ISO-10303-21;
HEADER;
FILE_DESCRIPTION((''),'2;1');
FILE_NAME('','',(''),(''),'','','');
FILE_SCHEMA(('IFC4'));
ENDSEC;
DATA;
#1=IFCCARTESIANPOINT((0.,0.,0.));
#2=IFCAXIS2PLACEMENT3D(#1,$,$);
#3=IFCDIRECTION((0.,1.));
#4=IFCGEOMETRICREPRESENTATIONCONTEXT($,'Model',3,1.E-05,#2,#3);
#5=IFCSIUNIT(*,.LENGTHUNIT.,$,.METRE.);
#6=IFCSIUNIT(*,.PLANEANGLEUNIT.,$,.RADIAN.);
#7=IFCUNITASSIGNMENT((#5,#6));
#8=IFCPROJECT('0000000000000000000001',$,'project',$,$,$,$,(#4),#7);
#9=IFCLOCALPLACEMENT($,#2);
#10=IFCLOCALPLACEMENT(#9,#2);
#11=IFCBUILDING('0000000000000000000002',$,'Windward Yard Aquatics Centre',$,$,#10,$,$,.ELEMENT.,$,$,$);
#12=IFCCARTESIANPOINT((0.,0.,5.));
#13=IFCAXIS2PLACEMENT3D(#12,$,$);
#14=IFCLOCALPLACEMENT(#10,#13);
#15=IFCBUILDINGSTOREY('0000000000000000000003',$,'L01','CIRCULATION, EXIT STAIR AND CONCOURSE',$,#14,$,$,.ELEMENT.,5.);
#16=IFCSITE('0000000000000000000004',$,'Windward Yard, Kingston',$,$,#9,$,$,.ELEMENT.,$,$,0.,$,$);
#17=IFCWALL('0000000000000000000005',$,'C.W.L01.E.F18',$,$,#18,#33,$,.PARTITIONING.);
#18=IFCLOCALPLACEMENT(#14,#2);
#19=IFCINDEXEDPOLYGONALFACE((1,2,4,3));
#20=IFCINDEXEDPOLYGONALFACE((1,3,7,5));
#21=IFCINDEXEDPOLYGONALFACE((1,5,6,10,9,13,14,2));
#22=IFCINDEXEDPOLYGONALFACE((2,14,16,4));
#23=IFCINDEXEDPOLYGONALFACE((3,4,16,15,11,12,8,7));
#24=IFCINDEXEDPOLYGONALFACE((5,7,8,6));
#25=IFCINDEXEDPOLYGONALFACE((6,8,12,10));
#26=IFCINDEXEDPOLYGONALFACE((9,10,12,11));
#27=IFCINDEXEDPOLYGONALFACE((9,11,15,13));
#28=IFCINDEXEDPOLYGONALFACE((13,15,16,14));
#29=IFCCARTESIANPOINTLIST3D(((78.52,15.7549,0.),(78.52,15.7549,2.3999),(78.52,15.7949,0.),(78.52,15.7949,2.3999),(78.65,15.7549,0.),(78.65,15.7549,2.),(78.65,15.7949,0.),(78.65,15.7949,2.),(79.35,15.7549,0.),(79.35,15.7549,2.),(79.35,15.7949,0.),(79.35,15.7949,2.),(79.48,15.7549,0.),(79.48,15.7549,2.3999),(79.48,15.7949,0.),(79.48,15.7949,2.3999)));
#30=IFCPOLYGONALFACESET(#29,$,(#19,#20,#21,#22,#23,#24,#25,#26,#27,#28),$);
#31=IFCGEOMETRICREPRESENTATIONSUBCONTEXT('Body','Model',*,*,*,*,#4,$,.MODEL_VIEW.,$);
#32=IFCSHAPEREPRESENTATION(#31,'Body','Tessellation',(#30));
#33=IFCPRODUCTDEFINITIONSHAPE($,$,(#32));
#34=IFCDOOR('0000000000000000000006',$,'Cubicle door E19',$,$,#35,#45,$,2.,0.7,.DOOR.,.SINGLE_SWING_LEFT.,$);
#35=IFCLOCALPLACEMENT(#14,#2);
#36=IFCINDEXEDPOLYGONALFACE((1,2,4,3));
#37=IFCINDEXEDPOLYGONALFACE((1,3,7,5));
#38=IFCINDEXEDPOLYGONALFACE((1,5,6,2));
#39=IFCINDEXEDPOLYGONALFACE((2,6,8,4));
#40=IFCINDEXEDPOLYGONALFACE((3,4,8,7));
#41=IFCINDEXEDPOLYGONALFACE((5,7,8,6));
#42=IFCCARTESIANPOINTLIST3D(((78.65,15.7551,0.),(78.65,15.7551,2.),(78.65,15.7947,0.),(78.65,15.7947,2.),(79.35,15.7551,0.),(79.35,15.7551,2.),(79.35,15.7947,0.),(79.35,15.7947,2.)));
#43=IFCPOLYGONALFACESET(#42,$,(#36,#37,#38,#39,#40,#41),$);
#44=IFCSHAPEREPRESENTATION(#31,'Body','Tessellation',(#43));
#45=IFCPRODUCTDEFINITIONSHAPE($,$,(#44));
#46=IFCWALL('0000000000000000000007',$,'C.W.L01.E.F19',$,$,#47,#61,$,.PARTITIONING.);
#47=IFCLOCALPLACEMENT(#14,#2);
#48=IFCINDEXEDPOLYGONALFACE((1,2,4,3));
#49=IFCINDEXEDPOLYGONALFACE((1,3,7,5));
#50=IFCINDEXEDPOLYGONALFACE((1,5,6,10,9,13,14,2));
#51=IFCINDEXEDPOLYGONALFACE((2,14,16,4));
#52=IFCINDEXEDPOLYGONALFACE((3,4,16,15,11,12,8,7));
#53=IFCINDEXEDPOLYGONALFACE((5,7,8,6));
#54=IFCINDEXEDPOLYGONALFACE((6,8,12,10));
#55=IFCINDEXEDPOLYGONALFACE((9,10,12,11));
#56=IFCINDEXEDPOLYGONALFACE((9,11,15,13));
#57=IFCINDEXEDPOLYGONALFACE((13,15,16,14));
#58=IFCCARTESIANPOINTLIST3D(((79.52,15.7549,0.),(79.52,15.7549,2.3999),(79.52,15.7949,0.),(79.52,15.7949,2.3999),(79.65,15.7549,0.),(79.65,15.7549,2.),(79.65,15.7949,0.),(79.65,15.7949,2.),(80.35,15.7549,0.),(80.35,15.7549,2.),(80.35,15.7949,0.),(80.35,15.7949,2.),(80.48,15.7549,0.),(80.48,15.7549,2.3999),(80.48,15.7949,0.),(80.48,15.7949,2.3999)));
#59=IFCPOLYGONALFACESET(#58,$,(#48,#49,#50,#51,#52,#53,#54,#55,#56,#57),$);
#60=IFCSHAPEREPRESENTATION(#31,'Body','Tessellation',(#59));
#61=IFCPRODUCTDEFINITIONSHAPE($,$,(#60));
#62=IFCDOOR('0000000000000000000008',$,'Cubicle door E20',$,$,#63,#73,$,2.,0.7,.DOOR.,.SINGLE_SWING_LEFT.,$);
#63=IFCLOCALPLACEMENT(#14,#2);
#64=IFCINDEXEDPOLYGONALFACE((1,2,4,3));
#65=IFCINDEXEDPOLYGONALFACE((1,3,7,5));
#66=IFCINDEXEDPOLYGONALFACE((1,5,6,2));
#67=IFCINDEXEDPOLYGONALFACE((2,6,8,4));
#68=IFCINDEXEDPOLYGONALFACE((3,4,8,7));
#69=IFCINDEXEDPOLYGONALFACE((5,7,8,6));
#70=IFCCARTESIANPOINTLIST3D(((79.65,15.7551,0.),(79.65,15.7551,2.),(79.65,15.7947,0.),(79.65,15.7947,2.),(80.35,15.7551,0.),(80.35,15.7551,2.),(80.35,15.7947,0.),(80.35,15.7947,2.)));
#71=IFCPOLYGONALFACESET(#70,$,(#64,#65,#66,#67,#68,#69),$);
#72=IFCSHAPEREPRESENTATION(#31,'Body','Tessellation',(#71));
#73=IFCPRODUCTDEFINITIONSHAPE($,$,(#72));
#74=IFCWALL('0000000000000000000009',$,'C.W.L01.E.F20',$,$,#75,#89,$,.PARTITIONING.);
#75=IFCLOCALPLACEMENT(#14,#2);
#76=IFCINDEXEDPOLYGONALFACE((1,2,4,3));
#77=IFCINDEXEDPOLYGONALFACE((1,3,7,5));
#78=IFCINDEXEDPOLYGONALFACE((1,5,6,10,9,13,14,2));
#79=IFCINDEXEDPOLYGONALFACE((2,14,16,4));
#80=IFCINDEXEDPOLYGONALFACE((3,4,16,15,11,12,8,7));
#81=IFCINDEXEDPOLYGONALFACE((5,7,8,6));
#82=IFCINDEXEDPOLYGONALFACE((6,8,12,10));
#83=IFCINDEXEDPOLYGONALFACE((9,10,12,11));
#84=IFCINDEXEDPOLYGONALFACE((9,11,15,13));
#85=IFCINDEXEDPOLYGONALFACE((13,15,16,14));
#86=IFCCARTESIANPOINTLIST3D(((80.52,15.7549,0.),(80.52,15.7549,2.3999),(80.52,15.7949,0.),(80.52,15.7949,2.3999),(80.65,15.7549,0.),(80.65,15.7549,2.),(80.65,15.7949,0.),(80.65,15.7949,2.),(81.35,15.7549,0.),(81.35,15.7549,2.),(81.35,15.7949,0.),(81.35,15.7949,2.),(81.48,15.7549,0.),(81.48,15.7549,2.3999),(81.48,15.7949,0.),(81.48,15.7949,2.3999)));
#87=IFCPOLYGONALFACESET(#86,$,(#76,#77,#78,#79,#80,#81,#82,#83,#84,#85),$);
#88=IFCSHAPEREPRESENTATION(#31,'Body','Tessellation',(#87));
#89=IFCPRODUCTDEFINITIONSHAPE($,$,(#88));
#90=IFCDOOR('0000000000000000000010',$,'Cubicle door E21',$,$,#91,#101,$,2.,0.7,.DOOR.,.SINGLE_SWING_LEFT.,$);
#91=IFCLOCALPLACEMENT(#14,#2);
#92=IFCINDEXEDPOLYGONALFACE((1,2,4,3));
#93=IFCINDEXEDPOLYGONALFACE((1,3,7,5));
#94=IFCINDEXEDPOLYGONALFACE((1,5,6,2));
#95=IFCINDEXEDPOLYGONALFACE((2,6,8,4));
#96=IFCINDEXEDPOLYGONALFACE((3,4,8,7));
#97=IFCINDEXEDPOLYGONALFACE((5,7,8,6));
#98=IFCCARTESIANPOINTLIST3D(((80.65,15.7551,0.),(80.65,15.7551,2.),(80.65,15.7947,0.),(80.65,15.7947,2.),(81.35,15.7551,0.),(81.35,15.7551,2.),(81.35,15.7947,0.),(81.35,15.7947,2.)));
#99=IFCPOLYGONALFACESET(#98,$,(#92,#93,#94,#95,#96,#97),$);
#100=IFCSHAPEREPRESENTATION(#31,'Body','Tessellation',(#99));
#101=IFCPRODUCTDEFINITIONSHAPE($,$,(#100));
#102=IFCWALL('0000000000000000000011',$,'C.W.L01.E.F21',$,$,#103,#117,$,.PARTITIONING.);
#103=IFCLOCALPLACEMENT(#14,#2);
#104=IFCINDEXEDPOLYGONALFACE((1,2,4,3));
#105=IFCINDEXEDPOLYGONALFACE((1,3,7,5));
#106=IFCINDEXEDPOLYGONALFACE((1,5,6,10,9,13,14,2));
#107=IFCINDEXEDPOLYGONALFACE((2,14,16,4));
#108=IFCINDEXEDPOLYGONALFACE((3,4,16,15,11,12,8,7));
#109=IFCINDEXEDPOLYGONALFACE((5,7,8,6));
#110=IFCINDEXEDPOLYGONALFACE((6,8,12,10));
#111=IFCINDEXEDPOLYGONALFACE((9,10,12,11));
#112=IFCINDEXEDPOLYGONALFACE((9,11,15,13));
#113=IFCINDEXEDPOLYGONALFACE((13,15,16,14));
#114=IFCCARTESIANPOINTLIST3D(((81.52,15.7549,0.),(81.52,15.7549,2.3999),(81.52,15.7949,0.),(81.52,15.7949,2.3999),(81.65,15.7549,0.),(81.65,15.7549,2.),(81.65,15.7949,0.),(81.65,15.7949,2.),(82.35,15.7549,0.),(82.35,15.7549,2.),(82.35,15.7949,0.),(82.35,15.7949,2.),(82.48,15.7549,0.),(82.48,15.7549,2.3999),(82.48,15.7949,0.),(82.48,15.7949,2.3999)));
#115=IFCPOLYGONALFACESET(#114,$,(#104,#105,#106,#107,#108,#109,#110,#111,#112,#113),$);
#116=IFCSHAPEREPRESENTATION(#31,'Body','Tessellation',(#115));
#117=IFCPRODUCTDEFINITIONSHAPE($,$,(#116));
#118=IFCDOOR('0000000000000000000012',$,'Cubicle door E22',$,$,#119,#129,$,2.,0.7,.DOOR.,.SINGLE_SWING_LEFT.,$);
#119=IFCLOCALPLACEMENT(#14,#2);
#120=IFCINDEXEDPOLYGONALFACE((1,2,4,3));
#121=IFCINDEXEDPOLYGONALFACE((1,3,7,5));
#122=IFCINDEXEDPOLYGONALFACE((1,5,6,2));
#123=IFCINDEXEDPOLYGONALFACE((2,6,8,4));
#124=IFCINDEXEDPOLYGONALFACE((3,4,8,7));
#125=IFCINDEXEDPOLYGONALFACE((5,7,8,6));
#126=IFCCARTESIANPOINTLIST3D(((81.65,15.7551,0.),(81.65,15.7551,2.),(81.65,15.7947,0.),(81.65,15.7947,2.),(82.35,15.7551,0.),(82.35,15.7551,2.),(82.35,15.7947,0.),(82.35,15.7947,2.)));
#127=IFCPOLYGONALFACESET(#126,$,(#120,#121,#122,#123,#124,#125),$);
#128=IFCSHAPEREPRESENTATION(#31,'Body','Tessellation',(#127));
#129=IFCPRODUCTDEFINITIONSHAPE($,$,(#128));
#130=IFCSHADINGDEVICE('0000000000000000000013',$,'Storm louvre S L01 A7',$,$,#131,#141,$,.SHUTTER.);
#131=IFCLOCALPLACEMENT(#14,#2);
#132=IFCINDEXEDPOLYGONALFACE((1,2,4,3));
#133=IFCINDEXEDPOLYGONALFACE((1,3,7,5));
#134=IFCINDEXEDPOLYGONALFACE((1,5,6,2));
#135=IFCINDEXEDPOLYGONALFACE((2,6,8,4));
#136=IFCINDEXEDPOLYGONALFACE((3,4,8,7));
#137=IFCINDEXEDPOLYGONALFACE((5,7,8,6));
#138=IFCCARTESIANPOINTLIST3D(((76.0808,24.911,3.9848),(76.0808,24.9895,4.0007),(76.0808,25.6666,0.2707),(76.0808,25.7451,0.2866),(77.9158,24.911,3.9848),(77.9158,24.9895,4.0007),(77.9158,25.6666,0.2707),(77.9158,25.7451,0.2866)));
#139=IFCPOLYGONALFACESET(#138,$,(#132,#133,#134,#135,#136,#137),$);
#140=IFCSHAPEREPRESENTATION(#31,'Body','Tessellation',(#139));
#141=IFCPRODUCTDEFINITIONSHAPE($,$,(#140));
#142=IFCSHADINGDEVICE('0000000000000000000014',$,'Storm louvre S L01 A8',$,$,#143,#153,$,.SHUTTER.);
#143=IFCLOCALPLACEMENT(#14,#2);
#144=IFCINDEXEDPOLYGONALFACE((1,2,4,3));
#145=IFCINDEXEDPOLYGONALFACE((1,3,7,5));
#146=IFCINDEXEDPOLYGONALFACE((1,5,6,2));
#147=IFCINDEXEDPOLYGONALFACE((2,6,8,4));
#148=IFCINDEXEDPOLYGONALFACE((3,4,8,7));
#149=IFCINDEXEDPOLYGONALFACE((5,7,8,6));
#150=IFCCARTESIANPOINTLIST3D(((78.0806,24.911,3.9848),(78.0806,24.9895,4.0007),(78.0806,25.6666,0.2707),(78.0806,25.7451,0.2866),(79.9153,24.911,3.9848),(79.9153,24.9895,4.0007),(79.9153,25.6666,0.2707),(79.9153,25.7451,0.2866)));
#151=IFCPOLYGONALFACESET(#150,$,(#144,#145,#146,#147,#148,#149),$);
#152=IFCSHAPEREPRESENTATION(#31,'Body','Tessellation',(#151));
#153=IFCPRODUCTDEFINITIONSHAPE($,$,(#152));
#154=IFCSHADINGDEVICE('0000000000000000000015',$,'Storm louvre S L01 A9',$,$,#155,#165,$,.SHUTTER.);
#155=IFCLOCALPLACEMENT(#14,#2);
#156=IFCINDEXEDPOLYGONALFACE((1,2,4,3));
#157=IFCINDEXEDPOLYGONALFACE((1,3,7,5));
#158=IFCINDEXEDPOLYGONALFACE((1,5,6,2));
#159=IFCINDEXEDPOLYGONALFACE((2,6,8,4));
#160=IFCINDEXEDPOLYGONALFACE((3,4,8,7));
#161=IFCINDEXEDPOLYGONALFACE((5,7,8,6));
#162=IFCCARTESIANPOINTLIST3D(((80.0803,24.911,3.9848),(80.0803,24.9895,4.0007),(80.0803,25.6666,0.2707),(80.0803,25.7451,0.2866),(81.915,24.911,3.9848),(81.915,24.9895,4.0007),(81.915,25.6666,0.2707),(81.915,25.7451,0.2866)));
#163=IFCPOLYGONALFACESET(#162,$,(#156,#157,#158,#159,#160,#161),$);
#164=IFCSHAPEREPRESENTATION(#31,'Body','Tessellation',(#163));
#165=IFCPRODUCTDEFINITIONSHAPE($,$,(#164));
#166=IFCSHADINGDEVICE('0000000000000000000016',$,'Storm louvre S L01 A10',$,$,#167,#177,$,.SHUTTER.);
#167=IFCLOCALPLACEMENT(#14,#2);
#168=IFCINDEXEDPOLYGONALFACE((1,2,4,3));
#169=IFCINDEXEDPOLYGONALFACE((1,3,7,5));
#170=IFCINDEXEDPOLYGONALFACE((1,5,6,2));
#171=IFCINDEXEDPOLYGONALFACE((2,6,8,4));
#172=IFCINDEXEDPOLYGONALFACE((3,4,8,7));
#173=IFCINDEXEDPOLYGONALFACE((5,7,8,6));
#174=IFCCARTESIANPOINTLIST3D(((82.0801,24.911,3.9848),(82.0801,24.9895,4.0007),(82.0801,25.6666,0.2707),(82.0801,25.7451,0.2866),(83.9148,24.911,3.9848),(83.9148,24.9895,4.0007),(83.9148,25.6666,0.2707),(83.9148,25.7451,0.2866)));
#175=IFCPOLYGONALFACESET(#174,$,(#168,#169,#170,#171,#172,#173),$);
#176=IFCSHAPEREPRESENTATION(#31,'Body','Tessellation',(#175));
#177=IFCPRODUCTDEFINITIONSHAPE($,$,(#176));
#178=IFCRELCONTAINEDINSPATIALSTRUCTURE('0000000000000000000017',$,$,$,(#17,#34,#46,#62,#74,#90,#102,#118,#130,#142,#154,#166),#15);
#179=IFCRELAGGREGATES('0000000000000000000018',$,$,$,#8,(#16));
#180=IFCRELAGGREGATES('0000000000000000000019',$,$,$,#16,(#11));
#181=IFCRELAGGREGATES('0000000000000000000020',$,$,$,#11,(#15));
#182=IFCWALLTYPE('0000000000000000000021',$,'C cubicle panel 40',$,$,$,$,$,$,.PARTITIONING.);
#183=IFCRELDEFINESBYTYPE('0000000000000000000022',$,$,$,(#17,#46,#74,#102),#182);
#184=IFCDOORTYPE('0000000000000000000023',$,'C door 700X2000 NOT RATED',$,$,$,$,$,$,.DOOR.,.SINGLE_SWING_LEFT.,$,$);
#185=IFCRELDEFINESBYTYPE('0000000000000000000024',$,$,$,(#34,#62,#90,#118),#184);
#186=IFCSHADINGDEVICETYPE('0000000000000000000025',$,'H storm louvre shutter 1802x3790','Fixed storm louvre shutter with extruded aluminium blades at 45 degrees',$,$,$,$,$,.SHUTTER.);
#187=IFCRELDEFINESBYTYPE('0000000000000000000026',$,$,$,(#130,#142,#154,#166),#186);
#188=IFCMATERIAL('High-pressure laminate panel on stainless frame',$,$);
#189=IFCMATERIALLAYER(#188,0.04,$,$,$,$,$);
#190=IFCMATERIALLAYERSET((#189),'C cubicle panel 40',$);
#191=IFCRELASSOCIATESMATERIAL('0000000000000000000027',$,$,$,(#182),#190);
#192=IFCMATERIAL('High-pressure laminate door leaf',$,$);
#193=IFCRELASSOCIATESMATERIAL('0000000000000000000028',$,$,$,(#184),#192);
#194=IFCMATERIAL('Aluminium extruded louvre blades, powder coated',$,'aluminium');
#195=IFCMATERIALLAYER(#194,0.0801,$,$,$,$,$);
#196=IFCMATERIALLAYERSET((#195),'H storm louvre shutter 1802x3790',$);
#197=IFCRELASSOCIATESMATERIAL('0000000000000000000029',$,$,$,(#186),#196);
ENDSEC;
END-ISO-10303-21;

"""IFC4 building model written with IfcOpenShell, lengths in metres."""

from ifc_helpers import new_model, si_unit, direction, frame, frame_2d, origin, place, context, subcontext, project, spatial, polyline, rectangle, outline, extrude, material, layer, layer_set, type_object, element, fill, save


model = new_model("IFC4")

# Units and contexts
model_context = context("Model", 3, precision=1e-05, world=origin(), true_north=direction((0.0, 1.0)))
body_context = subcontext(model_context, "Body", "Model", "MODEL_VIEW")
ifc_project = project(units=[si_unit("LENGTHUNIT", "METRE"), si_unit("PLANEANGLEUNIT", "RADIAN")], contexts=[model_context])

# Site, building, storey
site_placement = place(None, origin())
site = spatial("IfcSite", under=ifc_project, at=site_placement, Name="Windward Yard, Kingston", CompositionType="ELEMENT", RefElevation=0.0)
building_placement = place(site_placement, origin())
building = spatial("IfcBuilding", under=site, at=building_placement, Name="Windward Yard Aquatics Centre", CompositionType="ELEMENT")
storey_placement = place(building_placement, frame((0.0, 0.0, 5.0)))
storey = spatial("IfcBuildingStorey", under=building, at=storey_placement, Name="L01", Description="CIRCULATION, EXIT STAIR AND CONCOURSE", CompositionType="ELEMENT", Elevation=5.0)

# Walls, openings, doors
ifc_material_1 = material(Name="High-pressure laminate panel on stainless frame")
ifc_layer_1 = layer(ifc_material_1, 0.04)
ifc_layer_set_1 = layer_set([ifc_layer_1], Name="C cubicle panel 40")
wall_type = type_object("IfcWallType", Name="C cubicle panel 40", PredefinedType="PARTITIONING", material=ifc_layer_set_1)
ifc_material_2 = material(Name="High-pressure laminate door leaf")
door_type = type_object("IfcDoorType", Name="C door 700X2000 NOT RATED", OperationType="SINGLE_SWING_LEFT", PredefinedType="DOOR", material=ifc_material_2)
wall_1_placement = place(storey_placement, frame((78.52, 15.7749, 0.0), z_axis=(0.0, 0.0, 1.0), x_axis=(1.0, 0.0, 0.0)))
wall_1 = element("IfcWall", 1, at=wall_1_placement, inside=storey, type_object=wall_type, Name="C.W.L01.E.F18", PredefinedType="PARTITIONING", context=body_context, shape_type="SweptSolid", body=[
    extrude(rectangle(XDim=0.96, YDim=0.04, at=frame_2d((0.48, 0.0))), origin(), (0.0, 0.0, 1.0), 2.3999),
])
opening_1_placement = place(wall_1_placement, frame((0.1299, 0.0, 0.0)))
opening_1 = element("IfcOpeningElement", 2, at=opening_1_placement, cuts=wall_1, PredefinedType="OPENING", context=body_context, shape_type="SweptSolid", body=[
    extrude(rectangle(XDim=0.7, YDim=2.0, at=frame_2d((0.3501, 1.0))), frame((0.0, 0.03, 0.0), z_axis=(0.0, -1.0, 0.0), x_axis=(1.0, 0.0, 0.0)), (0.0, 0.0, 1.0), 0.0601),
])
door_1_placement = place(opening_1_placement, origin())
door_1 = element("IfcDoor", 3, at=door_1_placement, inside=storey, type_object=door_type, Name="Cubicle door E19", OperationType="SINGLE_SWING_LEFT", OverallHeight=2.0, OverallWidth=0.7, PredefinedType="DOOR", context=body_context, shape_type="SweptSolid", body=[
    extrude(rectangle(XDim=0.7, YDim=2.0, at=frame_2d((0.3501, 1.0))), frame((0.0, 0.0198, 0.0), z_axis=(0.0, -1.0, 0.0), x_axis=(1.0, 0.0, 0.0)), (0.0, 0.0, 1.0), 0.0396),
])
fill(opening_1, door_1)
wall_2_placement = place(storey_placement, frame((79.52, 15.7749, 0.0), z_axis=(0.0, 0.0, 1.0), x_axis=(1.0, 0.0, 0.0)))
wall_2 = element("IfcWall", 4, at=wall_2_placement, inside=storey, type_object=wall_type, Name="C.W.L01.E.F19", PredefinedType="PARTITIONING", context=body_context, shape_type="SweptSolid", body=[
    extrude(rectangle(XDim=0.96, YDim=0.04, at=frame_2d((0.48, 0.0))), origin(), (0.0, 0.0, 1.0), 2.3999),
])
opening_2_placement = place(wall_2_placement, frame((0.1299, 0.0, 0.0)))
opening_2 = element("IfcOpeningElement", 5, at=opening_2_placement, cuts=wall_2, PredefinedType="OPENING", context=body_context, shape_type="SweptSolid", body=[
    extrude(rectangle(XDim=0.7, YDim=2.0, at=frame_2d((0.3501, 1.0))), frame((0.0, 0.03, 0.0), z_axis=(0.0, -1.0, 0.0), x_axis=(1.0, 0.0, 0.0)), (0.0, 0.0, 1.0), 0.0601),
])
door_2_placement = place(opening_2_placement, origin())
door_2 = element("IfcDoor", 6, at=door_2_placement, inside=storey, type_object=door_type, Name="Cubicle door E20", OperationType="SINGLE_SWING_LEFT", OverallHeight=2.0, OverallWidth=0.7, PredefinedType="DOOR", context=body_context, shape_type="SweptSolid", body=[
    extrude(rectangle(XDim=0.7, YDim=2.0, at=frame_2d((0.3501, 1.0))), frame((0.0, 0.0198, 0.0), z_axis=(0.0, -1.0, 0.0), x_axis=(1.0, 0.0, 0.0)), (0.0, 0.0, 1.0), 0.0396),
])
fill(opening_2, door_2)
wall_3_placement = place(storey_placement, frame((80.52, 15.7749, 0.0), z_axis=(0.0, 0.0, 1.0), x_axis=(1.0, 0.0, 0.0)))
wall_3 = element("IfcWall", 7, at=wall_3_placement, inside=storey, type_object=wall_type, Name="C.W.L01.E.F20", PredefinedType="PARTITIONING", context=body_context, shape_type="SweptSolid", body=[
    extrude(rectangle(XDim=0.96, YDim=0.04, at=frame_2d((0.48, 0.0))), origin(), (0.0, 0.0, 1.0), 2.3999),
])
opening_3_placement = place(wall_3_placement, frame((0.1299, 0.0, 0.0)))
opening_3 = element("IfcOpeningElement", 8, at=opening_3_placement, cuts=wall_3, PredefinedType="OPENING", context=body_context, shape_type="SweptSolid", body=[
    extrude(rectangle(XDim=0.7, YDim=2.0, at=frame_2d((0.3501, 1.0))), frame((0.0, 0.03, 0.0), z_axis=(0.0, -1.0, 0.0), x_axis=(1.0, 0.0, 0.0)), (0.0, 0.0, 1.0), 0.0601),
])
door_3_placement = place(opening_3_placement, origin())
door_3 = element("IfcDoor", 9, at=door_3_placement, inside=storey, type_object=door_type, Name="Cubicle door E21", OperationType="SINGLE_SWING_LEFT", OverallHeight=2.0, OverallWidth=0.7, PredefinedType="DOOR", context=body_context, shape_type="SweptSolid", body=[
    extrude(rectangle(XDim=0.7, YDim=2.0, at=frame_2d((0.3501, 1.0))), frame((0.0, 0.0198, 0.0), z_axis=(0.0, -1.0, 0.0), x_axis=(1.0, 0.0, 0.0)), (0.0, 0.0, 1.0), 0.0396),
])
fill(opening_3, door_3)
wall_4_placement = place(storey_placement, frame((81.52, 15.7749, 0.0), z_axis=(0.0, 0.0, 1.0), x_axis=(1.0, 0.0, 0.0)))
wall_4 = element("IfcWall", 10, at=wall_4_placement, inside=storey, type_object=wall_type, Name="C.W.L01.E.F21", PredefinedType="PARTITIONING", context=body_context, shape_type="SweptSolid", body=[
    extrude(rectangle(XDim=0.96, YDim=0.04, at=frame_2d((0.48, 0.0))), origin(), (0.0, 0.0, 1.0), 2.3999),
])
opening_4_placement = place(wall_4_placement, frame((0.1299, 0.0, 0.0)))
opening_4 = element("IfcOpeningElement", 11, at=opening_4_placement, cuts=wall_4, PredefinedType="OPENING", context=body_context, shape_type="SweptSolid", body=[
    extrude(rectangle(XDim=0.7, YDim=2.0, at=frame_2d((0.3501, 1.0))), frame((0.0, 0.03, 0.0), z_axis=(0.0, -1.0, 0.0), x_axis=(1.0, 0.0, 0.0)), (0.0, 0.0, 1.0), 0.0601),
])
door_4_placement = place(opening_4_placement, origin())
door_4 = element("IfcDoor", 12, at=door_4_placement, inside=storey, type_object=door_type, Name="Cubicle door E22", OperationType="SINGLE_SWING_LEFT", OverallHeight=2.0, OverallWidth=0.7, PredefinedType="DOOR", context=body_context, shape_type="SweptSolid", body=[
    extrude(rectangle(XDim=0.7, YDim=2.0, at=frame_2d((0.3501, 1.0))), frame((0.0, 0.0198, 0.0), z_axis=(0.0, -1.0, 0.0), x_axis=(1.0, 0.0, 0.0)), (0.0, 0.0, 1.0), 0.0396),
])
fill(opening_4, door_4)

# Shading devices
ifc_material_3 = material(Name="Aluminium extruded louvre blades, powder coated", Category="aluminium")
ifc_layer_2 = layer(ifc_material_3, 0.0801)
ifc_layer_set_2 = layer_set([ifc_layer_2], Name="H storm louvre shutter 1802x3790")
shading_device_type = type_object("IfcShadingDeviceType", Name="H storm louvre shutter 1802x3790", Description="Fixed storm louvre shutter with extruded aluminium blades at 45 degrees", PredefinedType="SHUTTER", material=ifc_layer_set_2)
shading_device_placement = place(storey_placement, frame((76.0808, 24.9895, 4.0007), z_axis=(0.0, 0.979926, 0.199361), x_axis=(0.0, 0.199361, -0.979926)))
element("IfcShadingDevice", 13, at=shading_device_placement, inside=storey, type_object=shading_device_type, Name="Storm louvre S L01 A7", PredefinedType="SHUTTER", context=body_context, shape_type="SweptSolid", body=[
    extrude(outline(polyline([(0.0, 0.0), (3.7902, 0.0), (3.7902, -1.835), (0.0, -1.835), (0.0, 0.0)])), origin(), (0.0, 0.0, -1.0), 0.0801),
])
for number, where, z_axis, x_axis, name in (
    (14, (78.0806, 24.9895, 4.0007), (0.0, 0.979926, 0.199361), (0.0, 0.199361, -0.979926), "Storm louvre S L01 A8"),
    (15, (80.0803, 24.9895, 4.0007), (0.0, 0.979926, 0.199361), (0.0, 0.199361, -0.979926), "Storm louvre S L01 A9"),
    (16, (82.0801, 24.9895, 4.0007), (0.0, 0.979926, 0.199361), (0.0, 0.199361, -0.979926), "Storm louvre S L01 A10"),
):
    element("IfcShadingDevice", number, at=place(storey_placement, frame(where, z_axis=z_axis, x_axis=x_axis)), inside=storey, type_object=shading_device_type, Name=name, PredefinedType="SHUTTER", context=body_context, shape_type="SweptSolid", body=[
        extrude(outline(polyline([(0.0, 0.0), (3.7902, 0.0), (3.7902, -1.8347), (0.0, -1.8347), (0.0, 0.0)])), origin(), (0.0, 0.0, -1.0), 0.0801),
    ])

save(model, "model.ifc")
